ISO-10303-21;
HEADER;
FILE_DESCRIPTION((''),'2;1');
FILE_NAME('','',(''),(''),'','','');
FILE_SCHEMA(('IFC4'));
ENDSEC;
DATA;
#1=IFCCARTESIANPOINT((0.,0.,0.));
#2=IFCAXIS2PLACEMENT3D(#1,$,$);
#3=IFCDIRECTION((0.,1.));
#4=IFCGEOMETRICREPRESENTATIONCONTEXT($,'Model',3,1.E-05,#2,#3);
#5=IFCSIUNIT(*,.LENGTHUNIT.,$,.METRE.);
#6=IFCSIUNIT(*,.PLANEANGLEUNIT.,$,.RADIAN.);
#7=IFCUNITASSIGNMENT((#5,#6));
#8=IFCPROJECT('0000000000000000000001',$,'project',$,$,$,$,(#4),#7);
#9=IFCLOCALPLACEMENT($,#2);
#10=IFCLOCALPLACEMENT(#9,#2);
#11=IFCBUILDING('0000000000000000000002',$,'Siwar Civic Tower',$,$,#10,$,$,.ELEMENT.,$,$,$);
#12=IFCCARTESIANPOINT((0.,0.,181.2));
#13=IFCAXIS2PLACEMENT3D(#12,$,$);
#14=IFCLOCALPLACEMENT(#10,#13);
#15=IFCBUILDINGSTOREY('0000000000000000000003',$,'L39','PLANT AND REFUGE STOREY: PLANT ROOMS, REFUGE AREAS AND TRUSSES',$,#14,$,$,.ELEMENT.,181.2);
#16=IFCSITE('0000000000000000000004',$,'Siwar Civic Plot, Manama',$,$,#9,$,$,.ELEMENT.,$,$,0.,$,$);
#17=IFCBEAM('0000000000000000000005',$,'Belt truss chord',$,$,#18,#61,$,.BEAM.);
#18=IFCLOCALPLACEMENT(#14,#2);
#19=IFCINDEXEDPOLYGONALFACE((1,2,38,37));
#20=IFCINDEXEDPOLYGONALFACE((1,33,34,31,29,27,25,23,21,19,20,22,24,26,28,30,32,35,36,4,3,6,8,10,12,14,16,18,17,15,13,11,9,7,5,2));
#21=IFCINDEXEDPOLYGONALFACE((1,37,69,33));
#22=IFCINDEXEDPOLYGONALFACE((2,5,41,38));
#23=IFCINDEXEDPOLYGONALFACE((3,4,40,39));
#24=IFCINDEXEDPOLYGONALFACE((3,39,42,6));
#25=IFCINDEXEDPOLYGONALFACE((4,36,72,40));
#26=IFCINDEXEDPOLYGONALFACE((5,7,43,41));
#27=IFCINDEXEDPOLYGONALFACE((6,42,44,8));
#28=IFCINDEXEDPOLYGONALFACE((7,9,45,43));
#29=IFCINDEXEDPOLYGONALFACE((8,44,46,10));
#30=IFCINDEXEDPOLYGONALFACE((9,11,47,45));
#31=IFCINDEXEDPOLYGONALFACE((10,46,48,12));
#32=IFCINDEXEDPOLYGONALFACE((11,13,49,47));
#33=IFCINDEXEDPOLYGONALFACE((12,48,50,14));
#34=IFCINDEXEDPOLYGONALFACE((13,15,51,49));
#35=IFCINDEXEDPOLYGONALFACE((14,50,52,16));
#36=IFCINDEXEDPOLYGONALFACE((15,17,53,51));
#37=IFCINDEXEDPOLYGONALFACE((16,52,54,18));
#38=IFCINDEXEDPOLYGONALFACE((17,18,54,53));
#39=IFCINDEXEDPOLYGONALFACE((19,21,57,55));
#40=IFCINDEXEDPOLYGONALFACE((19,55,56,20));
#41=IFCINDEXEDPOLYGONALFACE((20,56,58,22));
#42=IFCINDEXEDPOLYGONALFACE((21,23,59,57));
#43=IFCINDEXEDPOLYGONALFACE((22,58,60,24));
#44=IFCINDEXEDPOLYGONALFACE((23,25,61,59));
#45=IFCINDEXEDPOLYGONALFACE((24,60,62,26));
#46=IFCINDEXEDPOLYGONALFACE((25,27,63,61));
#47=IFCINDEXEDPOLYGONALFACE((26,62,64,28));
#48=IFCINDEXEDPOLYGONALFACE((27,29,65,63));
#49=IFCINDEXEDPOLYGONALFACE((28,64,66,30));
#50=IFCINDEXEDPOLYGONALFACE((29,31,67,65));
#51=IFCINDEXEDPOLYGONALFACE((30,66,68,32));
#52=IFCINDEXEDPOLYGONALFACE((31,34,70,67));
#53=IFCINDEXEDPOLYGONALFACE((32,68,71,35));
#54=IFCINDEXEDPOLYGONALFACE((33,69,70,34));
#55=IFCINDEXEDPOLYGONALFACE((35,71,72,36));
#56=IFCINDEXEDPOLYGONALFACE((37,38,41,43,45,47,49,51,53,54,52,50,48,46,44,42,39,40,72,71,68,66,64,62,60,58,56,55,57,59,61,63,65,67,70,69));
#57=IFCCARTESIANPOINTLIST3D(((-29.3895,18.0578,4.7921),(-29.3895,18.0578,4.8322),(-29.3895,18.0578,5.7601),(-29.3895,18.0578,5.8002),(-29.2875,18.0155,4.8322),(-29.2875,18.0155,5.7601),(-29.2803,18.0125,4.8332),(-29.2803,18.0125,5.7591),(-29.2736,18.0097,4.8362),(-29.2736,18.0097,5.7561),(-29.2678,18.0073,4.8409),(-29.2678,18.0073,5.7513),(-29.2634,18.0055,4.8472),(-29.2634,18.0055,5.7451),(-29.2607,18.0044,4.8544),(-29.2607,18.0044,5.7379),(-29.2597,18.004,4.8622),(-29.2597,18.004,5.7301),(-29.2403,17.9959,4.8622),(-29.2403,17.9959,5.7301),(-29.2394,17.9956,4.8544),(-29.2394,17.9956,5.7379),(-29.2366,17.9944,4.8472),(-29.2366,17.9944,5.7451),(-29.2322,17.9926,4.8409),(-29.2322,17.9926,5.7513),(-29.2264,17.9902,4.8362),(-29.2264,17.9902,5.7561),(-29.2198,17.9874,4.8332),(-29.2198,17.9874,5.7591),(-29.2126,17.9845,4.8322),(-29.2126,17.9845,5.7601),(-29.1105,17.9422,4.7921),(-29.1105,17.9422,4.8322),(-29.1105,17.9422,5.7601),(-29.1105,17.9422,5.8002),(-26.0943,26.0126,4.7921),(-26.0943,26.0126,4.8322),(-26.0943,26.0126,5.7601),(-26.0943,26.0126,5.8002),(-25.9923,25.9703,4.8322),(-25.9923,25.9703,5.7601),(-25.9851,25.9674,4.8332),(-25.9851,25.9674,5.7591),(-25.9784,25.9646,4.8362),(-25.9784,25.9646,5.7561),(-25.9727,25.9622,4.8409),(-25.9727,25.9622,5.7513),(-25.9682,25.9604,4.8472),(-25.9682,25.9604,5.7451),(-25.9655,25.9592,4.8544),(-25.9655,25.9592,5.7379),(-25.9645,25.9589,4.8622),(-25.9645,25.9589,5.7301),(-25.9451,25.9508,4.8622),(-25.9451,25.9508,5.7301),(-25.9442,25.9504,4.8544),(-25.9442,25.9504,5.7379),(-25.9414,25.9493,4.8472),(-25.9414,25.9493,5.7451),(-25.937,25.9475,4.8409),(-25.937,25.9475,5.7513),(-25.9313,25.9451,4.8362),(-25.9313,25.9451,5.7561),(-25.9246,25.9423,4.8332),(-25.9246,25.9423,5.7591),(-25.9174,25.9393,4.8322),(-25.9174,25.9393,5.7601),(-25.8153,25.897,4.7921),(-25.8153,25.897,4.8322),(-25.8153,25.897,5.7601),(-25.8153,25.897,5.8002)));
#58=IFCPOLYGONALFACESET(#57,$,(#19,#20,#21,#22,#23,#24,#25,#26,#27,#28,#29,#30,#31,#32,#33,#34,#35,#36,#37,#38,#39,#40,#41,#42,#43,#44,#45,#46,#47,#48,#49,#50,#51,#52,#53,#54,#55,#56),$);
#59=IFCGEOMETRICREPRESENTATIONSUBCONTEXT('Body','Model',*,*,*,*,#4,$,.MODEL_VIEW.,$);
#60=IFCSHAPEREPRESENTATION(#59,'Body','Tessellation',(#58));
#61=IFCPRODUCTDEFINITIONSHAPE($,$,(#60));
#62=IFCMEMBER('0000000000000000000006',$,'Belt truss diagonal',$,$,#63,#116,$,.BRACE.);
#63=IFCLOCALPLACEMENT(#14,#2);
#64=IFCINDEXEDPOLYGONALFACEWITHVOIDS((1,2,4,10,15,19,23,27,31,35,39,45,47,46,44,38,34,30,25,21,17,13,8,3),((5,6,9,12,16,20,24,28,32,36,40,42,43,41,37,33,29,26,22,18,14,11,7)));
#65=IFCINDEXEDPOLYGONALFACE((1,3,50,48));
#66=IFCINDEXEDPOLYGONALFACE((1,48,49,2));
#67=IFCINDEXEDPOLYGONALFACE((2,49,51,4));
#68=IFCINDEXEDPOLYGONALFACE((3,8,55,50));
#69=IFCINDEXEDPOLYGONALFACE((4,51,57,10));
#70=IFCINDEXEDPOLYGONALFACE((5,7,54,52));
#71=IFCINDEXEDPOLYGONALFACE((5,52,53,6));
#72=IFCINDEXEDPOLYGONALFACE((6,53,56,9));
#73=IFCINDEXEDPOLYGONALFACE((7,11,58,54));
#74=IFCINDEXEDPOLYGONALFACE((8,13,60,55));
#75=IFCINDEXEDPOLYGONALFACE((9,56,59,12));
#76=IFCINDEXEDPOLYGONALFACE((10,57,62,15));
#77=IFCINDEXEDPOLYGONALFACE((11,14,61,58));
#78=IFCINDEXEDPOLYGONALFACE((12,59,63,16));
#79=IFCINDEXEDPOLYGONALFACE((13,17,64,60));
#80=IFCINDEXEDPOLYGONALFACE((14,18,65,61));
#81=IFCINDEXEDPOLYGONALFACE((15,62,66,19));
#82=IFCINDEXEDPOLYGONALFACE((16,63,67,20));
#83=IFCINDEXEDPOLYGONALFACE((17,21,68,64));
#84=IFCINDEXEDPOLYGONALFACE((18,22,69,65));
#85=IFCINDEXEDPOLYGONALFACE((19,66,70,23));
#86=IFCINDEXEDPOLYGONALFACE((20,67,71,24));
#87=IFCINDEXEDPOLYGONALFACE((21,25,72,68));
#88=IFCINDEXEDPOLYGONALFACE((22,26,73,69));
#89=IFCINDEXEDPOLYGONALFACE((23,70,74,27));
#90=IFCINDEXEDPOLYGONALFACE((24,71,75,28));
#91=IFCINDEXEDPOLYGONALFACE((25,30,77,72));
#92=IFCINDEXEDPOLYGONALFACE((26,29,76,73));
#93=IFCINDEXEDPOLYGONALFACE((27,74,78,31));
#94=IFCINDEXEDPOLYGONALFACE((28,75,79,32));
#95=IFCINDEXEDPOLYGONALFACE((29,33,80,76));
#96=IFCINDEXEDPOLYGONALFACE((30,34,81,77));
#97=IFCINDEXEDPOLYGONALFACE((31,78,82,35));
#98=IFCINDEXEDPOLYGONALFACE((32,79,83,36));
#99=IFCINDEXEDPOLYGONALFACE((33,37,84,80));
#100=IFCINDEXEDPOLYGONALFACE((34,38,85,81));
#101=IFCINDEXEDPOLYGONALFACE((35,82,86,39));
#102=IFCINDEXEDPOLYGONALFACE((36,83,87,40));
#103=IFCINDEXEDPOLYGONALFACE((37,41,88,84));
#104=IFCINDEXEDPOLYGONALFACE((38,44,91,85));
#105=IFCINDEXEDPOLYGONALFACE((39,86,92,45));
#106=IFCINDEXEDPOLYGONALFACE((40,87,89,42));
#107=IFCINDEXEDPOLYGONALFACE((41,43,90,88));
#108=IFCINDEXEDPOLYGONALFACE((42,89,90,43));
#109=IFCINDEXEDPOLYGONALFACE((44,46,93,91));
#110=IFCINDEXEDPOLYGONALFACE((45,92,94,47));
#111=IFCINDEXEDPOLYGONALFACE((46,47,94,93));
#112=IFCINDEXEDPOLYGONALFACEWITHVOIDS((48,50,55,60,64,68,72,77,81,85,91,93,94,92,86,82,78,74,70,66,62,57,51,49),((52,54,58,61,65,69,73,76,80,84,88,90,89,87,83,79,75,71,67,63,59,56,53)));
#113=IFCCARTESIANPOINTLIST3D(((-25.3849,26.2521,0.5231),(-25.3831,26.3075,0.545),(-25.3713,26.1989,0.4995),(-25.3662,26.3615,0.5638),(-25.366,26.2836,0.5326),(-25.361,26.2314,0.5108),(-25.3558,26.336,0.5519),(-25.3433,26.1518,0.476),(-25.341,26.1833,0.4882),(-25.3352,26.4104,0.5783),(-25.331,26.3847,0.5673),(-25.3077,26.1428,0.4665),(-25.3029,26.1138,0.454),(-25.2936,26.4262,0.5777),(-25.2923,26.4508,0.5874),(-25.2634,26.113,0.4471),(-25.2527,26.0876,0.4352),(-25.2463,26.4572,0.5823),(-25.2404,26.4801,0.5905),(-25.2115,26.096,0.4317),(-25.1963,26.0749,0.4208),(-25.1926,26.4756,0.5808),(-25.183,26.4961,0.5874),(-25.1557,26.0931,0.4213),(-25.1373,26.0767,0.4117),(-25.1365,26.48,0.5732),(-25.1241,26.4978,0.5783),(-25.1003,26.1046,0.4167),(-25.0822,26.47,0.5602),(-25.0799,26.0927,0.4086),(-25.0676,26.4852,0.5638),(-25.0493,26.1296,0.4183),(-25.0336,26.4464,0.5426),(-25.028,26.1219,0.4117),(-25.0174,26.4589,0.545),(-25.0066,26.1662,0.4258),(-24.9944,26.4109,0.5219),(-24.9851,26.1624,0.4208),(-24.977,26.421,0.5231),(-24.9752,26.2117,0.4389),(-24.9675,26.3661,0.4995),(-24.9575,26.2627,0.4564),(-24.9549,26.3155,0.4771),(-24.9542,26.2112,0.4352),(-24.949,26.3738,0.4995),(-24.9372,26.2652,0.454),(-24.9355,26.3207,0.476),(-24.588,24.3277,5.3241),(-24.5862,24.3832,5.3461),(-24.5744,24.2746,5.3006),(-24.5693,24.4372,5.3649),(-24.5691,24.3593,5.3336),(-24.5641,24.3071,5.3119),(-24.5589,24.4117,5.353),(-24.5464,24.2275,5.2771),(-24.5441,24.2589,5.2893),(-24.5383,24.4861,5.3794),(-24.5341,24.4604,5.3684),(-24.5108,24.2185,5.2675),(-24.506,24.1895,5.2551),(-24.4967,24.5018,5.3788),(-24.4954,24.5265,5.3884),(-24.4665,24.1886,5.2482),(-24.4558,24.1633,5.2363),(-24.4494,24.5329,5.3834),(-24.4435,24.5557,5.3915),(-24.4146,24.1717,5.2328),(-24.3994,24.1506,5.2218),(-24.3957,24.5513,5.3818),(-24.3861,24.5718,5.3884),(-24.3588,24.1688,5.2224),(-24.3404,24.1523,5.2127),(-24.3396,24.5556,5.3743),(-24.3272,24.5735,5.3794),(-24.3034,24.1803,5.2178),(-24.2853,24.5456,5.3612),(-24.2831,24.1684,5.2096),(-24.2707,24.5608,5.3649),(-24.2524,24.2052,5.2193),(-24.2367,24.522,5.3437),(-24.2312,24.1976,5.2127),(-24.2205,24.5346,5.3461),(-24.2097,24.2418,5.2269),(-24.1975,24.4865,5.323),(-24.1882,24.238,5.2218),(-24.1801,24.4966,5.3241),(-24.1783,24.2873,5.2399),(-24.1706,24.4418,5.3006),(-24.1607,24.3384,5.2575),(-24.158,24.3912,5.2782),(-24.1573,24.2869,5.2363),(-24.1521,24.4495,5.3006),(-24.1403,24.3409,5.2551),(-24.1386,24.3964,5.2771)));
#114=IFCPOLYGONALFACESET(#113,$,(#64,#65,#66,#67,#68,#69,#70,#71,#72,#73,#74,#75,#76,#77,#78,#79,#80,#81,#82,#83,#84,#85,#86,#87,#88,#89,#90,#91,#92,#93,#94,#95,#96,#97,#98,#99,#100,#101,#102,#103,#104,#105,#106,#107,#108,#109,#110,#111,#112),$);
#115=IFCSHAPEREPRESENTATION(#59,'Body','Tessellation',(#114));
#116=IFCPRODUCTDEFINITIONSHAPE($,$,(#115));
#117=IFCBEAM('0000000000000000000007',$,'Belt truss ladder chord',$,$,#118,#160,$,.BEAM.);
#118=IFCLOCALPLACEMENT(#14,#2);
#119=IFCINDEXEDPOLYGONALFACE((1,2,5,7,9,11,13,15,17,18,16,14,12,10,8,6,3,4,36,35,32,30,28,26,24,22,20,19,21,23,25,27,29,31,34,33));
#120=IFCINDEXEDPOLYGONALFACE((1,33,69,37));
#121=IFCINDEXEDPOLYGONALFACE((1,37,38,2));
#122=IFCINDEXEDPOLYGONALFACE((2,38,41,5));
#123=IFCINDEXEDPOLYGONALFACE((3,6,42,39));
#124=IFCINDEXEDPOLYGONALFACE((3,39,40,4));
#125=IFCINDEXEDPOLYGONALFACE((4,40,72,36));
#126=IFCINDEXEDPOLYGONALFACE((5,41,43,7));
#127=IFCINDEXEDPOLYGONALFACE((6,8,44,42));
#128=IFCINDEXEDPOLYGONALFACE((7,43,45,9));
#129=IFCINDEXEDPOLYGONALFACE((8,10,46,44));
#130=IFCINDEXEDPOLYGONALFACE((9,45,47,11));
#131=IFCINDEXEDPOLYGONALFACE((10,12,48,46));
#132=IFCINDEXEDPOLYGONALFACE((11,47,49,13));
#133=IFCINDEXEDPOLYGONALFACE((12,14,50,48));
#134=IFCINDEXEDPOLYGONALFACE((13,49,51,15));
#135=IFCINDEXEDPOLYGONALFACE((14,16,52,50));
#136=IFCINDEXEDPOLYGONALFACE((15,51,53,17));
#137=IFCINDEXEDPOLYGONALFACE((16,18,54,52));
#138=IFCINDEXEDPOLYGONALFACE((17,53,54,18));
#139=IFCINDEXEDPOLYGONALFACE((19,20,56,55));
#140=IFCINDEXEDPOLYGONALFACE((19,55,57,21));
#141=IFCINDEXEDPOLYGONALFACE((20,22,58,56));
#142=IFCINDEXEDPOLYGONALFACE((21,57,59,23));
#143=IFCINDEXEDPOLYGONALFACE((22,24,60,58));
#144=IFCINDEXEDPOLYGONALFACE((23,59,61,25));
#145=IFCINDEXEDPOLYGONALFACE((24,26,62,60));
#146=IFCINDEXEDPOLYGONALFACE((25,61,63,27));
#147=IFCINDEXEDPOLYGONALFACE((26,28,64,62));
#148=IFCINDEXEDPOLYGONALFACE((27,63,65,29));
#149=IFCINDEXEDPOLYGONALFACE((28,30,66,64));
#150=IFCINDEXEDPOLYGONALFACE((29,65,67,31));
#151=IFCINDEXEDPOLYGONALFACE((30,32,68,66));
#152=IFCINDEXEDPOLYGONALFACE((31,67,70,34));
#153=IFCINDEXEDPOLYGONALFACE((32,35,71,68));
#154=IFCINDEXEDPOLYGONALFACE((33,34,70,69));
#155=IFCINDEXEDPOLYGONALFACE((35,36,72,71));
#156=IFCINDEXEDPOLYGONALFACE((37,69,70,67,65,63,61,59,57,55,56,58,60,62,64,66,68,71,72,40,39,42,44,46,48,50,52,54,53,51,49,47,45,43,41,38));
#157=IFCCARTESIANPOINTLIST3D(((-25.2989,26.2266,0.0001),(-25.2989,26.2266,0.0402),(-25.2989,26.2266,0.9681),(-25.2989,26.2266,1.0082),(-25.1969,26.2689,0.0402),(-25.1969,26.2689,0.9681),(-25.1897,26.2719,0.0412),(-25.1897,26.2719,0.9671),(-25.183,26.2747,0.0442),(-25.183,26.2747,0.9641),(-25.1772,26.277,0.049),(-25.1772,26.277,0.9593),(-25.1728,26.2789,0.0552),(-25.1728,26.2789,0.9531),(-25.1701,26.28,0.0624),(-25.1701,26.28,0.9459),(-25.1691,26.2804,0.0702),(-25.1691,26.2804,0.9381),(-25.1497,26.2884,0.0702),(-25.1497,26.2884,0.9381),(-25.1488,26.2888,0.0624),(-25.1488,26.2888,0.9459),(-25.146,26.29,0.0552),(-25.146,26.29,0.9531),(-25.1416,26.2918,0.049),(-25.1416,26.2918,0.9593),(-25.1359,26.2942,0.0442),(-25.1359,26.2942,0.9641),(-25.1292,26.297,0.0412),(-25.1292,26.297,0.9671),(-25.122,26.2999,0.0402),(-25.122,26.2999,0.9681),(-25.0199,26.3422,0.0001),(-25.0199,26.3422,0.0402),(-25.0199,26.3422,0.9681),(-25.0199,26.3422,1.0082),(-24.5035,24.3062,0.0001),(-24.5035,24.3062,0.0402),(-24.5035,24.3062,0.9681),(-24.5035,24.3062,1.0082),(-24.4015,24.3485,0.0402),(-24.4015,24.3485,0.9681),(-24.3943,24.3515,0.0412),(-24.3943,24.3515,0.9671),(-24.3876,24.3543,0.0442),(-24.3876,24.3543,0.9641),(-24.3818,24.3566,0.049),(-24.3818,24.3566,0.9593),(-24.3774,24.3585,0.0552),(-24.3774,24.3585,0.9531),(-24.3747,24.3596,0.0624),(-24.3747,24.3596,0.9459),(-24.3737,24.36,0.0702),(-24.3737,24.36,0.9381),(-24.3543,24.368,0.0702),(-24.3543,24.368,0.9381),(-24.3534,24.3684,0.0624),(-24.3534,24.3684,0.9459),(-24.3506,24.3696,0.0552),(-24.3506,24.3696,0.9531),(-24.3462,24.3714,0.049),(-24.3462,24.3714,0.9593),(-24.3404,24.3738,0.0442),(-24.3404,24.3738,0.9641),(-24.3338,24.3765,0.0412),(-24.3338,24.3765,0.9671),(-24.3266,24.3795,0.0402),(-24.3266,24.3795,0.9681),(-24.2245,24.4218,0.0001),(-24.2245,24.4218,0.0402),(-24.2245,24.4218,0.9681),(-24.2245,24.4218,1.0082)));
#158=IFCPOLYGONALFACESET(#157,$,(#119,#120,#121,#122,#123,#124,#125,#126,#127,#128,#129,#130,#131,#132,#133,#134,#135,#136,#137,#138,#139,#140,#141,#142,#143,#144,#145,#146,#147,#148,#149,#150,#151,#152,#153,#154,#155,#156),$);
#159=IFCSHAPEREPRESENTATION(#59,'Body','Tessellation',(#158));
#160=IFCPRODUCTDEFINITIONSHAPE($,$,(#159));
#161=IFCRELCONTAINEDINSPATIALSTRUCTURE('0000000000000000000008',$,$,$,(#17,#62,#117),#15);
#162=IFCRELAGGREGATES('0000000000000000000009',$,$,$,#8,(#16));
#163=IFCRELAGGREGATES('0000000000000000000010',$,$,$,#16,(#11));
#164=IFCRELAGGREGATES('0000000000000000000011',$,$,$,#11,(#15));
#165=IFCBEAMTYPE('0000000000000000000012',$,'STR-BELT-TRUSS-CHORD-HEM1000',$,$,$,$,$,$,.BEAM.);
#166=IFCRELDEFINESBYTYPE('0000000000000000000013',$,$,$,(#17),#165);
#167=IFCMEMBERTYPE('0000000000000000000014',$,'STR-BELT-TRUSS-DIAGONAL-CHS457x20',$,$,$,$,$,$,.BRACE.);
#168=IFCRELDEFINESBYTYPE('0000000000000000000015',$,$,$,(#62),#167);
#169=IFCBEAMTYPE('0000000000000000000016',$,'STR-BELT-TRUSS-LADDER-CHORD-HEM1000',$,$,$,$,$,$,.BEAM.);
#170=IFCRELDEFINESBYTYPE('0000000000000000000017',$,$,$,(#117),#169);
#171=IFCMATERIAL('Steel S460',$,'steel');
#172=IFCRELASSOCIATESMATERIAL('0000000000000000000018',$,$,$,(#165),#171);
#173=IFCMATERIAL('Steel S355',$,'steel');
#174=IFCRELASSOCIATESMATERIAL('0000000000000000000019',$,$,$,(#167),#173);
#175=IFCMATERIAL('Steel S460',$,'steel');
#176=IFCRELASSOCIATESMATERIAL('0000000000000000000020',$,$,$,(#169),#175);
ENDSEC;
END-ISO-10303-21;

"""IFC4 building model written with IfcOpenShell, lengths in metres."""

from ifc_helpers import new_model, si_unit, direction, frame, origin, origin_2d, place, context, subcontext, project, spatial, hollow_circle, i_section, extrude, material, material_profile, profile_set, type_object, element, save


model = new_model("IFC4")

# Units and contexts
model_context = context("Model", 3, precision=1e-05, world=origin(), true_north=direction((0.0, 1.0)))
body_context = subcontext(model_context, "Body", "Model", "MODEL_VIEW")
ifc_project = project(units=[si_unit("LENGTHUNIT", "METRE"), si_unit("PLANEANGLEUNIT", "RADIAN")], contexts=[model_context])

# Site, building, storey
site_placement = place(None, origin())
site = spatial("IfcSite", under=ifc_project, at=site_placement, Name="Siwar Civic Plot, Manama", CompositionType="ELEMENT", RefElevation=0.0)
building_placement = place(site_placement, origin())
building = spatial("IfcBuilding", under=site, at=building_placement, Name="Siwar Civic Tower", CompositionType="ELEMENT")
storey_placement = place(building_placement, frame((0.0, 0.0, 181.2)))
storey = spatial("IfcBuildingStorey", under=building, at=storey_placement, Name="L39", Description="PLANT AND REFUGE STOREY: PLANT ROOMS, REFUGE AREAS AND TRUSSES", CompositionType="ELEMENT", Elevation=181.2)

# Beam
ifc_material_1 = material(Name="Steel S460", Category="steel")
ifc_material_profile_1 = material_profile(ifc_material_1, i_section(OverallWidth=0.302, OverallDepth=1.0081, WebThickness=0.021, FlangeThickness=0.04, FilletRadius=0.03, at=origin_2d()), Name="HEM1000")
ifc_profile_set_1 = profile_set([ifc_material_profile_1], Name="Steel S460")
beam_type_1 = type_object("IfcBeamType", Name="STR-BELT-TRUSS-CHORD-HEM1000", PredefinedType="BEAM", material=ifc_profile_set_1)
for number, where, z_axis, x_axis, name in (
    (1, (-25.9548, 25.9548, 5.2961), (-0.3827, -0.923873, 0.0), (0.923873, -0.3827, 0.0), "Belt truss chord"),
):
    element("IfcBeam", number, at=place(storey_placement, frame(where, z_axis=z_axis, x_axis=x_axis)), inside=storey, type_object=beam_type_1, Name=name, PredefinedType="BEAM", context=body_context, shape_type="SweptSolid", body=[
        extrude(i_section(OverallWidth=0.302, OverallDepth=1.0081, WebThickness=0.021, FlangeThickness=0.04, FilletRadius=0.03, at=origin_2d()), origin(), (0.0, 0.0, 1.0), 8.6104),
    ])

# Member
ifc_material_2 = material(Name="Steel S355", Category="steel")
ifc_material_profile_2 = material_profile(ifc_material_2, hollow_circle(Radius=0.2285, WallThickness=0.02, at=origin_2d()), Name="CHS457x20")
ifc_profile_set_2 = profile_set([ifc_material_profile_2], Name="Steel S355")
member_type_1 = type_object("IfcMemberType", Name="STR-BELT-TRUSS-DIAGONAL-CHS457x20", PredefinedType="BRACE", material=ifc_profile_set_2)
member_1_placement = place(storey_placement, frame((-25.1602, 26.2864, 0.4995), z_axis=(0.152269, -0.367703, 0.917392), x_axis=(0.923914, 0.3826, 0.0)))
element("IfcMember", 2, at=member_1_placement, inside=storey, type_object=member_type_1, Name="Belt truss diagonal", PredefinedType="BRACE", context=body_context, shape_type="SweptSolid", body=[
    extrude(hollow_circle(Radius=0.2285, WallThickness=0.02, at=origin_2d()), origin(), (0.0, 0.0, 1.0), 5.2334),
])

# Beam
ifc_material_3 = material(Name="Steel S460", Category="steel")
ifc_material_profile_3 = material_profile(ifc_material_3, i_section(OverallWidth=0.302, OverallDepth=1.0081, WebThickness=0.021, FlangeThickness=0.04, FilletRadius=0.03, at=origin_2d()), Name="HEM1000")
ifc_profile_set_3 = profile_set([ifc_material_profile_3], Name="Steel S460")
beam_type_2 = type_object("IfcBeamType", Name="STR-BELT-TRUSS-LADDER-CHORD-HEM1000", PredefinedType="BEAM", material=ifc_profile_set_3)
for number, where, z_axis, x_axis, name in (
    (3, (-24.364, 24.364, 0.5042), (-0.382663, 0.923888, 0.0), (-0.923888, -0.382663, 0.0), "Belt truss ladder chord"),
):
    element("IfcBeam", number, at=place(storey_placement, frame(where, z_axis=z_axis, x_axis=x_axis)), inside=storey, type_object=beam_type_2, Name=name, PredefinedType="BEAM", context=body_context, shape_type="SweptSolid", body=[
        extrude(i_section(OverallWidth=0.302, OverallDepth=1.0081, WebThickness=0.021, FlangeThickness=0.04, FilletRadius=0.03, at=origin_2d()), origin(), (0.0, 0.0, 1.0), 2.0786),
    ])

save(model, "model.ifc")
